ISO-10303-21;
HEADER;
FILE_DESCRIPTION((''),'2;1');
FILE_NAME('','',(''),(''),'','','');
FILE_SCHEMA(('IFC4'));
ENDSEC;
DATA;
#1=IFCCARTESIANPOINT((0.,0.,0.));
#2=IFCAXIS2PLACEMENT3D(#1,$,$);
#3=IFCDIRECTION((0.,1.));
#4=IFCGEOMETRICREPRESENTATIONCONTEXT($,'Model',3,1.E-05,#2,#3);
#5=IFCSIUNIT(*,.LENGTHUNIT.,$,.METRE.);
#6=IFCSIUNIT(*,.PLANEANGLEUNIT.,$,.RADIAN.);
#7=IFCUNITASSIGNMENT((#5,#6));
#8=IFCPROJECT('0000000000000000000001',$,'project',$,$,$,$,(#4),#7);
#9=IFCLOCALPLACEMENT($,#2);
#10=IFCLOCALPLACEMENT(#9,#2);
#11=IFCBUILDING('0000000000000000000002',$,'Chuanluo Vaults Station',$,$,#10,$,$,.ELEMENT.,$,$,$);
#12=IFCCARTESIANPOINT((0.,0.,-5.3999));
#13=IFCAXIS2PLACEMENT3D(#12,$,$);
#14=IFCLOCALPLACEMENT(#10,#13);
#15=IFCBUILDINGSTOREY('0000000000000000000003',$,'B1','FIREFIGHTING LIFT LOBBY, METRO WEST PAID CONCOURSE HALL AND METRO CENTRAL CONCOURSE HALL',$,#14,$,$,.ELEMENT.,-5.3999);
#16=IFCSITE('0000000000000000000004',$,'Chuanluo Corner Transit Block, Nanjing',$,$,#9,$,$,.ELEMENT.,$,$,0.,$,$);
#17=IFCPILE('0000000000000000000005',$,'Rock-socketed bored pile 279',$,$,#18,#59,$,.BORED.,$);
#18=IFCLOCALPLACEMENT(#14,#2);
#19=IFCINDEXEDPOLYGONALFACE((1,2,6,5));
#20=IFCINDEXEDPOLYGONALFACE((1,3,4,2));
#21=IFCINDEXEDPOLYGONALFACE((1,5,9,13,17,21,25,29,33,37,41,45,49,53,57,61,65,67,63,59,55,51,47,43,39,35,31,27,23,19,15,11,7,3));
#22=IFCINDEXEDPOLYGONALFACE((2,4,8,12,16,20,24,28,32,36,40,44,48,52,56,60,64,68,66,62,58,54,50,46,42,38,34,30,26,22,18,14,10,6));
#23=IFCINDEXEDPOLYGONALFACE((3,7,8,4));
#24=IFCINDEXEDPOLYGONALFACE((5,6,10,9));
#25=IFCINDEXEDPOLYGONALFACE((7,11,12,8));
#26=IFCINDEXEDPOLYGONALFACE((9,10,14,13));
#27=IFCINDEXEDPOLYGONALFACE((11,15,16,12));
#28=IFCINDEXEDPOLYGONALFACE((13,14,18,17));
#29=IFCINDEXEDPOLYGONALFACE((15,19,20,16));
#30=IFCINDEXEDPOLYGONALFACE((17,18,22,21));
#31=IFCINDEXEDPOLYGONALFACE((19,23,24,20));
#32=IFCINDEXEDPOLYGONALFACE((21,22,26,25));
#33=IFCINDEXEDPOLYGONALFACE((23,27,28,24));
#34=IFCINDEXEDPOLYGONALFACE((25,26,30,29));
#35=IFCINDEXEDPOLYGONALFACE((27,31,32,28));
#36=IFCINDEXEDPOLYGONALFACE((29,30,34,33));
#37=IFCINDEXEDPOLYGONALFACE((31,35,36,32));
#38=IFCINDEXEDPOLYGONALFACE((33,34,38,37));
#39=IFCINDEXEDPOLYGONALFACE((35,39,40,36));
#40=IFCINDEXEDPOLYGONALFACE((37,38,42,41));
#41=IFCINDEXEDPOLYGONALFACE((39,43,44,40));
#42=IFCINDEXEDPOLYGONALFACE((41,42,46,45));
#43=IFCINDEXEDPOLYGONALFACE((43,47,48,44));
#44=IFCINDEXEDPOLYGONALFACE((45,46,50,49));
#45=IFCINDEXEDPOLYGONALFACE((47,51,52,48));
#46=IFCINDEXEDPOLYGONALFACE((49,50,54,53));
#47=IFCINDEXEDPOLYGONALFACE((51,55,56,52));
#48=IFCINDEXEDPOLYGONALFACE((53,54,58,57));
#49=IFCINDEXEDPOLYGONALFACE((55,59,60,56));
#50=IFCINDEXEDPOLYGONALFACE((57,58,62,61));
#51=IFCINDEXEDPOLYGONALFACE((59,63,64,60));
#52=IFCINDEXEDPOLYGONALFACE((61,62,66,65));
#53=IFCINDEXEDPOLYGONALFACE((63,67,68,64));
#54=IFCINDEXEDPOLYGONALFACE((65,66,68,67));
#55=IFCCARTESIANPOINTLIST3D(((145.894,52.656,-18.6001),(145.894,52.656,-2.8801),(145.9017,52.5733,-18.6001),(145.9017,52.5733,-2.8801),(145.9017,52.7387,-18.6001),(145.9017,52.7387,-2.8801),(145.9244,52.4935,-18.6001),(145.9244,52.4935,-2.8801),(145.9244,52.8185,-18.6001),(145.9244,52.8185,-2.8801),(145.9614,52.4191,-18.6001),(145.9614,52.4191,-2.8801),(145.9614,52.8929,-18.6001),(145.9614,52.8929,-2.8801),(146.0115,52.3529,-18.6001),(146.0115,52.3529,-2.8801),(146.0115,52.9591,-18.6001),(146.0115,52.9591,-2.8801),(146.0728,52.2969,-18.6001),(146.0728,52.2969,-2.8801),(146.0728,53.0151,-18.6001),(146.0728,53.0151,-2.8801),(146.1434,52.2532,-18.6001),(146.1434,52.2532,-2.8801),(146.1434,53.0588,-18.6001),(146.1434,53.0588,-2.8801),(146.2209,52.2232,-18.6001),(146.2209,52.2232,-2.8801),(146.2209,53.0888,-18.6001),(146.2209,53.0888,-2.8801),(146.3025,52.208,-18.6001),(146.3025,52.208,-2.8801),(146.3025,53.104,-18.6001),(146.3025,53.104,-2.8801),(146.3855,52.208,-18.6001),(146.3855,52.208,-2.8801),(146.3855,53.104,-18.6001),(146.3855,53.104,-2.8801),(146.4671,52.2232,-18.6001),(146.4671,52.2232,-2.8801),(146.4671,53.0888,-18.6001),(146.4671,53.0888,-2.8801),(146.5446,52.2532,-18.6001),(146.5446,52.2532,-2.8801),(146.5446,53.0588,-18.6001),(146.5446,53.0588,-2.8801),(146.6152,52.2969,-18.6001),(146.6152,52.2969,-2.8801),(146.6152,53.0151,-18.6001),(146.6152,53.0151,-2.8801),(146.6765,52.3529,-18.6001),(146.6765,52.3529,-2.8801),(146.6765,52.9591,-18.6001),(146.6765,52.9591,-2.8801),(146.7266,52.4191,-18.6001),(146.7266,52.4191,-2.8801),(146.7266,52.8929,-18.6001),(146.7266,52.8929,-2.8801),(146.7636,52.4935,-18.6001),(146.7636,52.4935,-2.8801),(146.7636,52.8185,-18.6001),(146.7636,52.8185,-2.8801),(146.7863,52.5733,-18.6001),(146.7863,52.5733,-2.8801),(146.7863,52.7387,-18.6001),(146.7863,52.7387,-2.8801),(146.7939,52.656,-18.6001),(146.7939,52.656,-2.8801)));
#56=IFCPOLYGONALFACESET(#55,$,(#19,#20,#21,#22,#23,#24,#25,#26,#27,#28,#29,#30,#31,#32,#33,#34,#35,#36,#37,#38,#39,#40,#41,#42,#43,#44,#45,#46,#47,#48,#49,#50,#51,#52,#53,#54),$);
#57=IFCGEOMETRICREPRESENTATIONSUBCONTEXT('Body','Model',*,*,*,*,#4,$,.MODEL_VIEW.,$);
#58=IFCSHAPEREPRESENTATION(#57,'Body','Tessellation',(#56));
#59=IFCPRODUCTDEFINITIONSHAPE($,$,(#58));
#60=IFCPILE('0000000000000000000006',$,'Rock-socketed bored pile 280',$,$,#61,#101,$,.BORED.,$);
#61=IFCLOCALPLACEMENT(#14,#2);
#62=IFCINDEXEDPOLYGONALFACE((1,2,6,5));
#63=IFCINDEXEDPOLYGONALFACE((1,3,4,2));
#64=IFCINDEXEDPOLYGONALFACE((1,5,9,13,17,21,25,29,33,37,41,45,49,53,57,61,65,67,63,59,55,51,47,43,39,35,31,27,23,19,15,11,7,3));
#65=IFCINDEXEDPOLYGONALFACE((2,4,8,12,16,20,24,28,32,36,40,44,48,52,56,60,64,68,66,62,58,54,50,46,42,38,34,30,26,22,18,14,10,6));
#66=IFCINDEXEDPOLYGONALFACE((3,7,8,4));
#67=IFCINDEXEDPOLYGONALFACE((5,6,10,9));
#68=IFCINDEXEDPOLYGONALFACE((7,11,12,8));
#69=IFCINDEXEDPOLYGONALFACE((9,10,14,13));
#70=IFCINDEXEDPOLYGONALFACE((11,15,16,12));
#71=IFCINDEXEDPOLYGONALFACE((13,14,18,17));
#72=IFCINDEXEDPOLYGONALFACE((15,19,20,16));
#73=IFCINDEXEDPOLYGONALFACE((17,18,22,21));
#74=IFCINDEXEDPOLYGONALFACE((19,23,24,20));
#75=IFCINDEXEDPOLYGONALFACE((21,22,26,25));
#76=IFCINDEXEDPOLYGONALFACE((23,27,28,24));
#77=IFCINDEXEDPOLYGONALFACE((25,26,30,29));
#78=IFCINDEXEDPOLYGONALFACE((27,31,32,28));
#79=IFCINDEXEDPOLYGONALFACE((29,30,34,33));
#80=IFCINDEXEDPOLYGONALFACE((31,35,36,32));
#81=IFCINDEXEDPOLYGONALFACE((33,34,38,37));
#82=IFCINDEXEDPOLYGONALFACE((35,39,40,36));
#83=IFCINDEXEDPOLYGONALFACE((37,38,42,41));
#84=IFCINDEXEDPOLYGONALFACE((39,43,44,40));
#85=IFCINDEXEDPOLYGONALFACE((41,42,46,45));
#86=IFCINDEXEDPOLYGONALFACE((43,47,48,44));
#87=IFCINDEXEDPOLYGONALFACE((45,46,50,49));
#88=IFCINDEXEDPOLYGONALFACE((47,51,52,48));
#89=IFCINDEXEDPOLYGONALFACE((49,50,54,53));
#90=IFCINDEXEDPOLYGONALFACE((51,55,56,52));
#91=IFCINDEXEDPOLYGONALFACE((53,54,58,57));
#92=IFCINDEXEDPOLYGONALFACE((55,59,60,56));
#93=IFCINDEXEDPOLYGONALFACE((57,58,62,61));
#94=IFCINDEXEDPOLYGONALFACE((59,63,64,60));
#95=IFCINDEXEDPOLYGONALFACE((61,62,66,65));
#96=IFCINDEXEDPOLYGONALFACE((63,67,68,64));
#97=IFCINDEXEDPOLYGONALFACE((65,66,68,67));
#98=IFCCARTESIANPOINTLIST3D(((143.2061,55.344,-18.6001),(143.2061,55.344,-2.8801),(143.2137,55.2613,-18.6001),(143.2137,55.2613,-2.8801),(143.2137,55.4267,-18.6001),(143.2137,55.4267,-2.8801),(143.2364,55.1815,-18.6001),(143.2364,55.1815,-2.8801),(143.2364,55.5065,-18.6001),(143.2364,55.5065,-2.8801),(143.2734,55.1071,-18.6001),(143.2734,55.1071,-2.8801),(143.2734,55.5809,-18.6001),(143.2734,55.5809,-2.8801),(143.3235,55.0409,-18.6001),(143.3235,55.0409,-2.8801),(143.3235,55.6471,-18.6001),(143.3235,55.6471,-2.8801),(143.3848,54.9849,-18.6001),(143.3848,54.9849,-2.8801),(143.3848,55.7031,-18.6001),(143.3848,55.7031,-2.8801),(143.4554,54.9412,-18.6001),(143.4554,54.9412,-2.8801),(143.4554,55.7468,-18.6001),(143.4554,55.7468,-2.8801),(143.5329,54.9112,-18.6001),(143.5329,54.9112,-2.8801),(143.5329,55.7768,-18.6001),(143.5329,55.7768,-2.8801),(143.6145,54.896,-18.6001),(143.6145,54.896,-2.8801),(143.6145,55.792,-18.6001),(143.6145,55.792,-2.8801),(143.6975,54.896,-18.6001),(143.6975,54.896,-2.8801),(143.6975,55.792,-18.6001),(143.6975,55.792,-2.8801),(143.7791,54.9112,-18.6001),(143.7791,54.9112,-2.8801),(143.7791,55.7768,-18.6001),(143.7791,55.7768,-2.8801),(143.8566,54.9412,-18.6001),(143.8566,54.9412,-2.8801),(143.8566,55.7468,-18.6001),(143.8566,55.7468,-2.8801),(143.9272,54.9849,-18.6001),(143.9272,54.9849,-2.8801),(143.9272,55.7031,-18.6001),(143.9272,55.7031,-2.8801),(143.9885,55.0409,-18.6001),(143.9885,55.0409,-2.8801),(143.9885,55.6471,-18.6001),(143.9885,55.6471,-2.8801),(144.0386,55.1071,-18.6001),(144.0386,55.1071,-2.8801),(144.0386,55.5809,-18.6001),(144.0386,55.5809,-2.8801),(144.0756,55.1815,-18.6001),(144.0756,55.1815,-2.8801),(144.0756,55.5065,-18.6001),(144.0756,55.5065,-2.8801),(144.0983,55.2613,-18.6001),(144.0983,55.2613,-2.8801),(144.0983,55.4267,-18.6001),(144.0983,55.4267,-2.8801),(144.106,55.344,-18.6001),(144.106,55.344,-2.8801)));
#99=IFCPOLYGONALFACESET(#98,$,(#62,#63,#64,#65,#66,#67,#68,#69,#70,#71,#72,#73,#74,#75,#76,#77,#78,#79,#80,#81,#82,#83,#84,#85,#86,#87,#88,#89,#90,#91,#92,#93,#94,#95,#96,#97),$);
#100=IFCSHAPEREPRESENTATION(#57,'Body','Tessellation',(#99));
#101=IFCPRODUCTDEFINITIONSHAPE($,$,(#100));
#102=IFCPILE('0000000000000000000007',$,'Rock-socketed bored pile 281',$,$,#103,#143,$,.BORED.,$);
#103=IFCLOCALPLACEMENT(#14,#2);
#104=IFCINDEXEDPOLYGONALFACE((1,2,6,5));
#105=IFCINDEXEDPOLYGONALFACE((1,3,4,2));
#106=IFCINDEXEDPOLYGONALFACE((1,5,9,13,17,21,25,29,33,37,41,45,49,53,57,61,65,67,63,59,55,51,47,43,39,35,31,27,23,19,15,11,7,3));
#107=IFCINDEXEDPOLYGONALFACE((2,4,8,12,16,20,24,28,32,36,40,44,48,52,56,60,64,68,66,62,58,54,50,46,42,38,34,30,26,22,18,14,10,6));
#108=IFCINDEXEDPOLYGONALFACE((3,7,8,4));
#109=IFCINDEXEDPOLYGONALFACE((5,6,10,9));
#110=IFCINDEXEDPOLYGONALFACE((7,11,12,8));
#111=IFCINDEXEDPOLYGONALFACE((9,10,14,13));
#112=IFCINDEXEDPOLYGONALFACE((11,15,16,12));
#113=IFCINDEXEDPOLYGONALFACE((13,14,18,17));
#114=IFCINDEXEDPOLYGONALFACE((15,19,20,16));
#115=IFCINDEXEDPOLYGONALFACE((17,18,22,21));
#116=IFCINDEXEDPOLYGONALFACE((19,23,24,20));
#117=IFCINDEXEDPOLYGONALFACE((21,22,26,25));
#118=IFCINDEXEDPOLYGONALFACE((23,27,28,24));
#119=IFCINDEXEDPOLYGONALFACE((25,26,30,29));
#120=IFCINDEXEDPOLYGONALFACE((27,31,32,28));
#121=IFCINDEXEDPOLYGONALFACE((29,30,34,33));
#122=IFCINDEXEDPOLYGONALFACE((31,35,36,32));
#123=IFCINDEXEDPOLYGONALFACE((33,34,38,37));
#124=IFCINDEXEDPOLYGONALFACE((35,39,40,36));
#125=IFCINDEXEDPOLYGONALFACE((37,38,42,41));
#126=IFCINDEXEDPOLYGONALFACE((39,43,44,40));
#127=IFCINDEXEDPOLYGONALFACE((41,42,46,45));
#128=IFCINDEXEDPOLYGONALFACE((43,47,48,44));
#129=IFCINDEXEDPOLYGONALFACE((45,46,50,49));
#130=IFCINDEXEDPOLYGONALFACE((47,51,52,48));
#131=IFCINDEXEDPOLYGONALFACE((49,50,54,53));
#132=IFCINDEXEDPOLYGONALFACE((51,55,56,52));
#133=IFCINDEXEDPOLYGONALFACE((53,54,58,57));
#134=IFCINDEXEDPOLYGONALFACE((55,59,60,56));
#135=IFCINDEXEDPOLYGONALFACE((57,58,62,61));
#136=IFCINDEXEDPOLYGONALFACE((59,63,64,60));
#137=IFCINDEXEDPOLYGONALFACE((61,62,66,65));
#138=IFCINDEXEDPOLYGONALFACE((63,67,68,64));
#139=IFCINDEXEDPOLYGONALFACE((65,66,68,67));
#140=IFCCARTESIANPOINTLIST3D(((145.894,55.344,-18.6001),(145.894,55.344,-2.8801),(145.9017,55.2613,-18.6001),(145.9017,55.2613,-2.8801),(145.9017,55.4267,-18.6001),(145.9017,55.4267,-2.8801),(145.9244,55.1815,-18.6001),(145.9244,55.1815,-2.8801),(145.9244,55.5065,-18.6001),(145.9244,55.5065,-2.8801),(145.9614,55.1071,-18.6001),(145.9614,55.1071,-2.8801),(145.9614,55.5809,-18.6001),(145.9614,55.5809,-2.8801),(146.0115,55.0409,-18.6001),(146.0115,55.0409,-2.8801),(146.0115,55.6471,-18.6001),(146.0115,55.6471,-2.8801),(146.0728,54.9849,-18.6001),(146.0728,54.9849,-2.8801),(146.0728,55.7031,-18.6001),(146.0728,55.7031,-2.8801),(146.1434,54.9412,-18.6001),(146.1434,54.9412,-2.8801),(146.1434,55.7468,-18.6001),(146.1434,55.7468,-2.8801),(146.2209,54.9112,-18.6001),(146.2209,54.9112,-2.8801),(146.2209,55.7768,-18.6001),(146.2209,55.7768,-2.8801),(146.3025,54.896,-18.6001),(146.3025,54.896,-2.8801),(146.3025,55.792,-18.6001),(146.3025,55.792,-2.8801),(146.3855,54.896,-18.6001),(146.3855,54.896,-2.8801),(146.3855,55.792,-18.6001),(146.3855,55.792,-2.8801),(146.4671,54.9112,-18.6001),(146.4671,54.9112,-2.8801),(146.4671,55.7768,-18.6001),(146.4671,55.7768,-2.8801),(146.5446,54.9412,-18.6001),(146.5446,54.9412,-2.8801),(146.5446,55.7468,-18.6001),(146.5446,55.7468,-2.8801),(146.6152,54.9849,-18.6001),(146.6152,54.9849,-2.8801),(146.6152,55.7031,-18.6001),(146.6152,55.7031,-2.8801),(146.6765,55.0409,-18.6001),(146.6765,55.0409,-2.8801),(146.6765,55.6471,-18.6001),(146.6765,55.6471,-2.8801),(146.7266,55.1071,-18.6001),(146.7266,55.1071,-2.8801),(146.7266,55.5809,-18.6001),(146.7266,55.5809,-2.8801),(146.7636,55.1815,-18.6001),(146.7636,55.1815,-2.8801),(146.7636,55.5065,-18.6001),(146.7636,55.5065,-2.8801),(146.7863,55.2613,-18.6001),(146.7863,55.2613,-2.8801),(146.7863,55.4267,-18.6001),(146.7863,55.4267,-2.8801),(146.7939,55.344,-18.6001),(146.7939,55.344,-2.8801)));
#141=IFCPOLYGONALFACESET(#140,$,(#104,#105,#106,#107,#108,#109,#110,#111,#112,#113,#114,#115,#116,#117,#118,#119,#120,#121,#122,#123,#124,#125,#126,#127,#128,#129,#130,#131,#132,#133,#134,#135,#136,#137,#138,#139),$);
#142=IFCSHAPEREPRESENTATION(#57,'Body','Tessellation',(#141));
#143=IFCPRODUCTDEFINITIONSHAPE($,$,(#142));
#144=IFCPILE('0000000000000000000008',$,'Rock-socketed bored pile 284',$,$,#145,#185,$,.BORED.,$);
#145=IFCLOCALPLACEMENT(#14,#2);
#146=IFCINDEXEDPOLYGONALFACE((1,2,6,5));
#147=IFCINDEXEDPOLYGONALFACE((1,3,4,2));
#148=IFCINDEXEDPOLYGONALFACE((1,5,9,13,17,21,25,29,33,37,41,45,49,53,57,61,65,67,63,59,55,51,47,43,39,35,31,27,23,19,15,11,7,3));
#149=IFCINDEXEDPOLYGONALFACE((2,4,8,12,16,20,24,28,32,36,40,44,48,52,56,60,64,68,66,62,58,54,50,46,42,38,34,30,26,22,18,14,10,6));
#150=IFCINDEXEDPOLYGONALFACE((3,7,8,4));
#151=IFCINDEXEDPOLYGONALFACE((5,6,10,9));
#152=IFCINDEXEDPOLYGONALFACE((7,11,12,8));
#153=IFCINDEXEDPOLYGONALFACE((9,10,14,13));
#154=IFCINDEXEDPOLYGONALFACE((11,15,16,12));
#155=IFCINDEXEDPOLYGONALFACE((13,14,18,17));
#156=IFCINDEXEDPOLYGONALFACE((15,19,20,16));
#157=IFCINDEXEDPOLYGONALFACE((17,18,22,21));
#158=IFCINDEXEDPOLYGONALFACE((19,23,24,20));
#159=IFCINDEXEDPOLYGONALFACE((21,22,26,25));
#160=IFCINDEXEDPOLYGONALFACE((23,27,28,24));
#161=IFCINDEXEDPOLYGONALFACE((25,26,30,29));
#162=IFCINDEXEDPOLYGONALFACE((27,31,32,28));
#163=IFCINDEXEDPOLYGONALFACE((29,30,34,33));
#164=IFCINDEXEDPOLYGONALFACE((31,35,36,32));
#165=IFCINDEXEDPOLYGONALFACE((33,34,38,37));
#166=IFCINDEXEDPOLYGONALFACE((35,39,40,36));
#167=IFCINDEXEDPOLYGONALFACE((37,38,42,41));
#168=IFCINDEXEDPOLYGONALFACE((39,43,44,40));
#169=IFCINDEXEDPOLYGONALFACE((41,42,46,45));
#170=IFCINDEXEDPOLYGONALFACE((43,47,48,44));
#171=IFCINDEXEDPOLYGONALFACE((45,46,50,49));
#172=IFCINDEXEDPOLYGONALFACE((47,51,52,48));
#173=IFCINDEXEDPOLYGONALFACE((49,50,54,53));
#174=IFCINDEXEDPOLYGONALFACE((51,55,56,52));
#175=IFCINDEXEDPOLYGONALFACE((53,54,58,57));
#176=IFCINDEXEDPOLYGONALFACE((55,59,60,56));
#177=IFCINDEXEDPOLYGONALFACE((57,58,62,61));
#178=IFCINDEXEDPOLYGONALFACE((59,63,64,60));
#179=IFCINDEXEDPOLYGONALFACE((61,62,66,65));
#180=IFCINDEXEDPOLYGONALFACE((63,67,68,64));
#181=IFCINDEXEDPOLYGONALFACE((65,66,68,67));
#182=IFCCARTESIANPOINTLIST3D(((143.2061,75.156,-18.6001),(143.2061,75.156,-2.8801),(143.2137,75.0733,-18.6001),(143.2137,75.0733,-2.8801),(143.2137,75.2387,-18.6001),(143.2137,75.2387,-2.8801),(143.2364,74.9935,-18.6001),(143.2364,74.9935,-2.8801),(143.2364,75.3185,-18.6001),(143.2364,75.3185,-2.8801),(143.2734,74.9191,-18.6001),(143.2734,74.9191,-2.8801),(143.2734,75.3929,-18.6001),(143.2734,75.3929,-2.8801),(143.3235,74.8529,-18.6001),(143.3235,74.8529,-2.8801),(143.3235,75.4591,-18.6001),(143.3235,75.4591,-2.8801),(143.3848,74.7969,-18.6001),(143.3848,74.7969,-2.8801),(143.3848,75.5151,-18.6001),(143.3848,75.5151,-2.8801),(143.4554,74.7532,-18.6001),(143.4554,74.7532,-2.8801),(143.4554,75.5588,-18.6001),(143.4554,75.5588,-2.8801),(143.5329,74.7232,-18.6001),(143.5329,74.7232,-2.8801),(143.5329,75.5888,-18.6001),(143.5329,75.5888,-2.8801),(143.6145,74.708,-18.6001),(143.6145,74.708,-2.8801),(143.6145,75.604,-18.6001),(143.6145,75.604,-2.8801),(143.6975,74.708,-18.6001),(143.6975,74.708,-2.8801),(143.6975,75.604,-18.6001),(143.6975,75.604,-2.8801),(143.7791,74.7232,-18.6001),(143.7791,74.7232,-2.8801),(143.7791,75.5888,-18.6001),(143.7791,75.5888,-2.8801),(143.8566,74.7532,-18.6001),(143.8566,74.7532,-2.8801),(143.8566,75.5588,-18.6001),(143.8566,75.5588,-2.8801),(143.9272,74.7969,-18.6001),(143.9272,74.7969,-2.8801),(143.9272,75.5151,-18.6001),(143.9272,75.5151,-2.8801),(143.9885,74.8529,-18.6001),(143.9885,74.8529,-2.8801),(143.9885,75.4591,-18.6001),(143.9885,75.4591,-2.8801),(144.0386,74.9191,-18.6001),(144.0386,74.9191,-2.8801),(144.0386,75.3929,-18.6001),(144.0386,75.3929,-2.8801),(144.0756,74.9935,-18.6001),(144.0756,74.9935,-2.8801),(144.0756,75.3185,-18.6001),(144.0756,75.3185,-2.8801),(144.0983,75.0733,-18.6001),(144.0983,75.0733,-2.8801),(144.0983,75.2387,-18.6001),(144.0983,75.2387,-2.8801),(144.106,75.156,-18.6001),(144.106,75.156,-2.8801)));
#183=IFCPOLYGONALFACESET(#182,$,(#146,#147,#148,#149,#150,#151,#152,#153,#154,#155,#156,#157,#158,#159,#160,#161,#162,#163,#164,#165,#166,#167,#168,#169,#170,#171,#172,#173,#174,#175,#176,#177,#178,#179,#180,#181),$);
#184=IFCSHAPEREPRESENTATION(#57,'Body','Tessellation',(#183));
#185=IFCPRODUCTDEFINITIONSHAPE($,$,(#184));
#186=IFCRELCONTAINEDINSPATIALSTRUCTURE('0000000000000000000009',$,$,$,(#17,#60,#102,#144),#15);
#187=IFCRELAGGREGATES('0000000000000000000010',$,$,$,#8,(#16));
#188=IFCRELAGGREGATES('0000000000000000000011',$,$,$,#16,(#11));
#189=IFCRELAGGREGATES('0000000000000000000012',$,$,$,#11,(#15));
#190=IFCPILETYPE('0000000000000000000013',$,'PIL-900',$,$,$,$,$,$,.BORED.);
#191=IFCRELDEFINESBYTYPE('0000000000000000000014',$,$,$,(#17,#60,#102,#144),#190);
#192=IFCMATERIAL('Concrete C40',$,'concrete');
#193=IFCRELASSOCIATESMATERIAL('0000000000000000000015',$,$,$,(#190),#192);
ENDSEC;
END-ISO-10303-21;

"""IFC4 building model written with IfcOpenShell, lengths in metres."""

from ifc_helpers import new_model, si_unit, direction, frame, origin, origin_2d, place, context, subcontext, project, spatial, circle, extrude, material, material_profile, profile_set, type_object, element, save


model = new_model("IFC4")

# Units and contexts
model_context = context("Model", 3, precision=1e-05, world=origin(), true_north=direction((0.0, 1.0)))
body_context = subcontext(model_context, "Body", "Model", "MODEL_VIEW")
ifc_project = project(units=[si_unit("LENGTHUNIT", "METRE"), si_unit("PLANEANGLEUNIT", "RADIAN")], contexts=[model_context])

# Site, building, storey
site_placement = place(None, origin())
site = spatial("IfcSite", under=ifc_project, at=site_placement, Name="Chuanluo Corner Transit Block, Nanjing", CompositionType="ELEMENT", RefElevation=0.0)
building_placement = place(site_placement, origin())
building = spatial("IfcBuilding", under=site, at=building_placement, Name="Chuanluo Vaults Station", CompositionType="ELEMENT")
storey_placement = place(building_placement, frame((0.0, 0.0, -5.3999)))
storey = spatial("IfcBuildingStorey", under=building, at=storey_placement, Name="B1", Description="FIREFIGHTING LIFT LOBBY, METRO WEST PAID CONCOURSE HALL AND METRO CENTRAL CONCOURSE HALL", CompositionType="ELEMENT", Elevation=-5.3999)

# Piles
ifc_material_1 = material(Name="Concrete C40", Category="concrete")
ifc_material_profile_1 = material_profile(ifc_material_1, circle(Radius=0.45, at=origin_2d()))
ifc_profile_set_1 = profile_set([ifc_material_profile_1], Name="Concrete C40")
pile_type_1 = type_object("IfcPileType", Name="PIL-900", PredefinedType="BORED", material=ifc_profile_set_1)
for number, where, z_axis, x_axis, name in (
    (1, (146.344, 52.656, -2.8801), (0.0, 0.0, -1.0), (1.0, 0.0, 0.0), "Rock-socketed bored pile 279"),
    (2, (143.656, 55.344, -2.8801), (0.0, 0.0, -1.0), (1.0, 0.0, 0.0), "Rock-socketed bored pile 280"),
    (3, (146.344, 55.344, -2.8801), (0.0, 0.0, -1.0), (1.0, 0.0, 0.0), "Rock-socketed bored pile 281"),
    (4, (143.656, 75.156, -2.8801), (0.0, 0.0, -1.0), (1.0, 0.0, 0.0), "Rock-socketed bored pile 284"),
):
    element("IfcPile", number, at=place(storey_placement, frame(where, z_axis=z_axis, x_axis=x_axis)), inside=storey, type_object=pile_type_1, Name=name, PredefinedType="BORED", context=body_context, shape_type="SweptSolid", body=[
        extrude(circle(Radius=0.45, at=origin_2d()), origin(), (0.0, 0.0, 1.0), 15.72),
    ])

save(model, "model.ifc")
